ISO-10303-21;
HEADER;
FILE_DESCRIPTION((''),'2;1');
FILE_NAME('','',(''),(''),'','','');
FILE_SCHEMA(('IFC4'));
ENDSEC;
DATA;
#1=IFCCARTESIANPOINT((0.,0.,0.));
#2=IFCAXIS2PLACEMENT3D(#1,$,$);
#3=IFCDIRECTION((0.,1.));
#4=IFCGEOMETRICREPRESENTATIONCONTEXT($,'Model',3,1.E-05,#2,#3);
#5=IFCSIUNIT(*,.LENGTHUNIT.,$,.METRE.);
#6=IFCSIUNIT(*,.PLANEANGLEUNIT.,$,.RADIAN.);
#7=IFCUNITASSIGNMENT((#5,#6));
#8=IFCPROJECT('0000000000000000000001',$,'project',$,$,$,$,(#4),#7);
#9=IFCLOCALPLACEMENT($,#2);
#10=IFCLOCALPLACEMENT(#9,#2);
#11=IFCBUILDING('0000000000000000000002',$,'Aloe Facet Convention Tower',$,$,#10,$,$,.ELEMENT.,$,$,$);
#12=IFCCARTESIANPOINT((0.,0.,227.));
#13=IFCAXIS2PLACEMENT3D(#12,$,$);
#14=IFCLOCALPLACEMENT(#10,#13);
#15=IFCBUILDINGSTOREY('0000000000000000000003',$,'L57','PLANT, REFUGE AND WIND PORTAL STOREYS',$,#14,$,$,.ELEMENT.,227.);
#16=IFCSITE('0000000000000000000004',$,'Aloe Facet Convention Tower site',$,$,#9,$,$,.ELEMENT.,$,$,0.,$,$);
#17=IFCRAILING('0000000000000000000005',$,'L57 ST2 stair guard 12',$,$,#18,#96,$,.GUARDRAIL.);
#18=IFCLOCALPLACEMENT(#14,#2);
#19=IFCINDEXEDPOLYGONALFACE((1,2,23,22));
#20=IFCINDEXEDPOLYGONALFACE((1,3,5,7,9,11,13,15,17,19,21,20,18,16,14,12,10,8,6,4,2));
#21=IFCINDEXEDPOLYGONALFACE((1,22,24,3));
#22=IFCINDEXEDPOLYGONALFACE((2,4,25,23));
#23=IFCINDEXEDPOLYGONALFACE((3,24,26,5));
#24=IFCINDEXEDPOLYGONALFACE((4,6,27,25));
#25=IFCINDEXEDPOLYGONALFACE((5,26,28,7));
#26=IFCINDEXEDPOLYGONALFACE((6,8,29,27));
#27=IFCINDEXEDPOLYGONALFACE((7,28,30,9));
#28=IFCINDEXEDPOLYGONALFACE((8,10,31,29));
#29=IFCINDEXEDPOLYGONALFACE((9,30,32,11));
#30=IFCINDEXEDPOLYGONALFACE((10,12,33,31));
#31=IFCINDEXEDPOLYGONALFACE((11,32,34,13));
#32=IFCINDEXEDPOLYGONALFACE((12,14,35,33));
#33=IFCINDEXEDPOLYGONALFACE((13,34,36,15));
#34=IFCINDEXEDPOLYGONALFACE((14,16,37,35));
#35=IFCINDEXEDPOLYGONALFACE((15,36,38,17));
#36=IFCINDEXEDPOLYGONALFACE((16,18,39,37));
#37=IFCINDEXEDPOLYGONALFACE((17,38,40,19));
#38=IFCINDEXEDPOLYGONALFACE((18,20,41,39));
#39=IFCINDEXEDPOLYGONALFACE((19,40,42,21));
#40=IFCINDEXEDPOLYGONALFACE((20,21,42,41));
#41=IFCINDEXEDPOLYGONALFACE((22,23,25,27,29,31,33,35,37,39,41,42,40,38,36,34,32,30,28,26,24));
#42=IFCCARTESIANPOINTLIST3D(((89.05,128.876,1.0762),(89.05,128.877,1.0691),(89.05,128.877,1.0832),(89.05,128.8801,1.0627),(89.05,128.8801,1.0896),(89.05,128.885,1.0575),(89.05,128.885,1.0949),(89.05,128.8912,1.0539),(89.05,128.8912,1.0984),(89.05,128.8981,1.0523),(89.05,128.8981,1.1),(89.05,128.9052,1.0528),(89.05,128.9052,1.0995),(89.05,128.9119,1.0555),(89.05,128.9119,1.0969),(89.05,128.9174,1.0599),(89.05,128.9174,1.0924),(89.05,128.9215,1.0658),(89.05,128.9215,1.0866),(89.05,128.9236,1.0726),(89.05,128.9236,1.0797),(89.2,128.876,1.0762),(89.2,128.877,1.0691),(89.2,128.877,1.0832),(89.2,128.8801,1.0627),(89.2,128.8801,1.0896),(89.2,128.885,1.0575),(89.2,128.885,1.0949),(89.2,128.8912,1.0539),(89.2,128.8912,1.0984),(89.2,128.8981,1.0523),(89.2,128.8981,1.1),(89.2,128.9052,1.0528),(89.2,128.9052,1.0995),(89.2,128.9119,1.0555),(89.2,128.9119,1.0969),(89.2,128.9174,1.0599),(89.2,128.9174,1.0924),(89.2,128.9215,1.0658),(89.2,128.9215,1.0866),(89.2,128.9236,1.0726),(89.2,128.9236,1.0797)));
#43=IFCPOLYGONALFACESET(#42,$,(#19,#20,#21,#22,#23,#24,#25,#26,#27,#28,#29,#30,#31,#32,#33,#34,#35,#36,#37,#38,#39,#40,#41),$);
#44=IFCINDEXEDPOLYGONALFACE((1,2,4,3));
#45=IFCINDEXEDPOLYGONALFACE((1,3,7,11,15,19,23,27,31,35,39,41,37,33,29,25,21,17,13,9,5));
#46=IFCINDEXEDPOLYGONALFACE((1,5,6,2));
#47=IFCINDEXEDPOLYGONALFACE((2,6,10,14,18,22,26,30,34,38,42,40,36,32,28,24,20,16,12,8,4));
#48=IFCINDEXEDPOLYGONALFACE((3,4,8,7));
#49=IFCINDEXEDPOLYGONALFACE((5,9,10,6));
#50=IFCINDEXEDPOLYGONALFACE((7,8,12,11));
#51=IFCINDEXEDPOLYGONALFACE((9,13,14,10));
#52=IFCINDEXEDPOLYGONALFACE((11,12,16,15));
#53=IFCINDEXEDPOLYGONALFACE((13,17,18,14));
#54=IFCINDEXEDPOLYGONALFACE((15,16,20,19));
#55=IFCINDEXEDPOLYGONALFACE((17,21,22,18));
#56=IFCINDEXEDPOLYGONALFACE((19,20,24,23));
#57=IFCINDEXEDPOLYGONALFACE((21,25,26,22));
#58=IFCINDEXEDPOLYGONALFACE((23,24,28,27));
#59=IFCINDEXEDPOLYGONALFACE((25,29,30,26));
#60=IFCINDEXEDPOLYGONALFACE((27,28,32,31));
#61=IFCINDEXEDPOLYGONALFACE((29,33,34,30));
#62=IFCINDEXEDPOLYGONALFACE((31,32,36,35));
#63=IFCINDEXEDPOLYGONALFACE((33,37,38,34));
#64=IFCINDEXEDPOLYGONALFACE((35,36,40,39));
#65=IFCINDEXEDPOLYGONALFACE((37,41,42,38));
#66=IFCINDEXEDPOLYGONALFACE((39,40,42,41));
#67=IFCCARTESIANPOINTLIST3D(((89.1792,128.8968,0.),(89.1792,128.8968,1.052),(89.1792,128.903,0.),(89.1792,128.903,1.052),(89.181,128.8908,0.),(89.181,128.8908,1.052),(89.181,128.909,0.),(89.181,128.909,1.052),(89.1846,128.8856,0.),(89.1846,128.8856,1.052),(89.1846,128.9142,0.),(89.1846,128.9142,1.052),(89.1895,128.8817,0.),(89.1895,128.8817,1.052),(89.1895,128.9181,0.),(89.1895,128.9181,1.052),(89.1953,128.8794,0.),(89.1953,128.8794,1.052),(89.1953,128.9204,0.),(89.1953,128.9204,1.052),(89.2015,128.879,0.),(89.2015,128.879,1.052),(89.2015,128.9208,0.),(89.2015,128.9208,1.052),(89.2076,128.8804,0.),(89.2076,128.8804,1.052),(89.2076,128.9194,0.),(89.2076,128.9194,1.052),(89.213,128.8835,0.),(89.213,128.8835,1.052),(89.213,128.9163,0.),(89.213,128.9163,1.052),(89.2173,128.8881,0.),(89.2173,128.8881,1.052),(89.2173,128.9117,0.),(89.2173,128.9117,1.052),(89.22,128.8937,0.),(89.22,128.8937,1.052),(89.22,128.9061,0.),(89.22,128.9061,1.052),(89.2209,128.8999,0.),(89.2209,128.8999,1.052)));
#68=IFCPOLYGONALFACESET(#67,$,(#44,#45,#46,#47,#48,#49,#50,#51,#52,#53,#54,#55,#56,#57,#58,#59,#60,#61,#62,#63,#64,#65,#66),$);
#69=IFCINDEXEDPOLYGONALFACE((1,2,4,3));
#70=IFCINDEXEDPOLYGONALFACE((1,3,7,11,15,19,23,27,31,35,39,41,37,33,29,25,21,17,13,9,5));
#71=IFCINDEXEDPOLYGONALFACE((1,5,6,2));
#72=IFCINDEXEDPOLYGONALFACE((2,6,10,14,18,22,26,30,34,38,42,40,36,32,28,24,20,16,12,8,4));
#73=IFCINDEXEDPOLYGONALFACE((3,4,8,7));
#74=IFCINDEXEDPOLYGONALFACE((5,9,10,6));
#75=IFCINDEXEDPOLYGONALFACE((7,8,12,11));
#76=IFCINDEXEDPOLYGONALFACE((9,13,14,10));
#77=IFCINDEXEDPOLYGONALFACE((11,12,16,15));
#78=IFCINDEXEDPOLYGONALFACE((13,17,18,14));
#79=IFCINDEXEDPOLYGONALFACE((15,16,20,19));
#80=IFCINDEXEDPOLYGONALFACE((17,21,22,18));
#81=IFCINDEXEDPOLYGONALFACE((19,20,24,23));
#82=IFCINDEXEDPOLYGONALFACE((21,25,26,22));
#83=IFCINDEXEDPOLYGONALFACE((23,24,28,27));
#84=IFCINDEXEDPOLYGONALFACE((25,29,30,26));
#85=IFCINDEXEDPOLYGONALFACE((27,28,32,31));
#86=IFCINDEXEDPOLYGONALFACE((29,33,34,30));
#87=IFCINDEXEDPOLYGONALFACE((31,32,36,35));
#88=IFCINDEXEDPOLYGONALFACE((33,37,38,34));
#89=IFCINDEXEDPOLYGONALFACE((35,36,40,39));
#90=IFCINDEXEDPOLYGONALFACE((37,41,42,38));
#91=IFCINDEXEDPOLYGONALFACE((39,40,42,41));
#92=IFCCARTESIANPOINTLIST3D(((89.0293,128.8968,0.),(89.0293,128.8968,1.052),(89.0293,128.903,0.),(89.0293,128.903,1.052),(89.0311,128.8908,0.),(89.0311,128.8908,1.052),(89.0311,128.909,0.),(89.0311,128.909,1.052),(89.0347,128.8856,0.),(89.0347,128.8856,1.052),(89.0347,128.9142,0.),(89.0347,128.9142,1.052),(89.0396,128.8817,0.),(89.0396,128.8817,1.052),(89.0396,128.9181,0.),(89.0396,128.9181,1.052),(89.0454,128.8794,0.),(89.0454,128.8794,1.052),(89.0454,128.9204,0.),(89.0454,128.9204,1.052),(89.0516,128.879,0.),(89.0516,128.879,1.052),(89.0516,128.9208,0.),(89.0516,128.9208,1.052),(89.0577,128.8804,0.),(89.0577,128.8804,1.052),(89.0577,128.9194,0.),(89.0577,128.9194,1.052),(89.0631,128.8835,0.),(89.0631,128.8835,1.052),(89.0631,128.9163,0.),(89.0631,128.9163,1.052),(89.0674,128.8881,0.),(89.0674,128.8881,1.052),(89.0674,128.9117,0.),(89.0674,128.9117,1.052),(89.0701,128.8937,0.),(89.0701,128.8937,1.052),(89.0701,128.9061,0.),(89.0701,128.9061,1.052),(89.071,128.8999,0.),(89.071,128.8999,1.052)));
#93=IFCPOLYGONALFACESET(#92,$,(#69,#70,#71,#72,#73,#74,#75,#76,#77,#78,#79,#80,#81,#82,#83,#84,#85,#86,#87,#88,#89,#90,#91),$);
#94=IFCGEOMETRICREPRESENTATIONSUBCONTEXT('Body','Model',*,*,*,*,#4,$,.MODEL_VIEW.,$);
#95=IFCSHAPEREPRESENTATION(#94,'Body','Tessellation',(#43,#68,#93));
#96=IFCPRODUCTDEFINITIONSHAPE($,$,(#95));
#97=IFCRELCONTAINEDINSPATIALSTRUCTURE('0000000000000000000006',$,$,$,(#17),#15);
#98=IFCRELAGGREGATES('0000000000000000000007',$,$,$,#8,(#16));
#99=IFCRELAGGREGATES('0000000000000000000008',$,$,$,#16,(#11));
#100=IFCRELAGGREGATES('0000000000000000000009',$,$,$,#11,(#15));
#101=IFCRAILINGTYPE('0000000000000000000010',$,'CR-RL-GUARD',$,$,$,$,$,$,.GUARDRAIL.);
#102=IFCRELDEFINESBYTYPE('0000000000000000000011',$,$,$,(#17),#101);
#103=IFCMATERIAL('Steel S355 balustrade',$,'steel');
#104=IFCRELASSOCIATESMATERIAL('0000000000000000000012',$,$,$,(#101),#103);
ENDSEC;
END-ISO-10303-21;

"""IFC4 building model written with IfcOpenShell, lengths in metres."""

from ifc_helpers import new_model, si_unit, direction, frame, origin, origin_2d, place, context, subcontext, project, spatial, circle, extrude, material, type_object, element, save


model = new_model("IFC4")

# Units and contexts
model_context = context("Model", 3, precision=1e-05, world=origin(), true_north=direction((0.0, 1.0)))
body_context = subcontext(model_context, "Body", "Model", "MODEL_VIEW")
ifc_project = project(units=[si_unit("LENGTHUNIT", "METRE"), si_unit("PLANEANGLEUNIT", "RADIAN")], contexts=[model_context])

# Site, building, storey
site_placement = place(None, origin())
site = spatial("IfcSite", under=ifc_project, at=site_placement, Name="Aloe Facet Convention Tower site", CompositionType="ELEMENT", RefElevation=0.0)
building_placement = place(site_placement, origin())
building = spatial("IfcBuilding", under=site, at=building_placement, Name="Aloe Facet Convention Tower", CompositionType="ELEMENT")
storey_placement = place(building_placement, frame((0.0, 0.0, 227.0)))
storey = spatial("IfcBuildingStorey", under=building, at=storey_placement, Name="L57", Description="PLANT, REFUGE AND WIND PORTAL STOREYS", CompositionType="ELEMENT", Elevation=227.0)

# Railing
ifc_material_1 = material(Name="Steel S355 balustrade", Category="steel")
railing_type = type_object("IfcRailingType", Name="CR-RL-GUARD", PredefinedType="GUARDRAIL", material=ifc_material_1)
railing_1_placement = place(storey_placement, frame((89.2, 128.8999, 0.0)))
element("IfcRailing", 1, at=railing_1_placement, inside=storey, type_object=railing_type, Name="L57 ST2 stair guard 12", PredefinedType="GUARDRAIL", context=body_context, shape_type="SweptSolid", body=[
    extrude(circle(Radius=0.0239, at=origin_2d()), frame((0.0, 0.0, 1.0762), z_axis=(-1.0, 0.0, 0.0), x_axis=(0.0, -1.0, 0.0)), (0.0, 0.0, 1.0), 0.1499),
    extrude(circle(Radius=0.021, at=origin_2d()), origin(), (0.0, 0.0, 1.0), 1.052),
    extrude(circle(Radius=0.021, at=origin_2d()), frame((-0.1499, 0.0, 0.0)), (0.0, 0.0, 1.0), 1.052),
])

save(model, "model.ifc")
